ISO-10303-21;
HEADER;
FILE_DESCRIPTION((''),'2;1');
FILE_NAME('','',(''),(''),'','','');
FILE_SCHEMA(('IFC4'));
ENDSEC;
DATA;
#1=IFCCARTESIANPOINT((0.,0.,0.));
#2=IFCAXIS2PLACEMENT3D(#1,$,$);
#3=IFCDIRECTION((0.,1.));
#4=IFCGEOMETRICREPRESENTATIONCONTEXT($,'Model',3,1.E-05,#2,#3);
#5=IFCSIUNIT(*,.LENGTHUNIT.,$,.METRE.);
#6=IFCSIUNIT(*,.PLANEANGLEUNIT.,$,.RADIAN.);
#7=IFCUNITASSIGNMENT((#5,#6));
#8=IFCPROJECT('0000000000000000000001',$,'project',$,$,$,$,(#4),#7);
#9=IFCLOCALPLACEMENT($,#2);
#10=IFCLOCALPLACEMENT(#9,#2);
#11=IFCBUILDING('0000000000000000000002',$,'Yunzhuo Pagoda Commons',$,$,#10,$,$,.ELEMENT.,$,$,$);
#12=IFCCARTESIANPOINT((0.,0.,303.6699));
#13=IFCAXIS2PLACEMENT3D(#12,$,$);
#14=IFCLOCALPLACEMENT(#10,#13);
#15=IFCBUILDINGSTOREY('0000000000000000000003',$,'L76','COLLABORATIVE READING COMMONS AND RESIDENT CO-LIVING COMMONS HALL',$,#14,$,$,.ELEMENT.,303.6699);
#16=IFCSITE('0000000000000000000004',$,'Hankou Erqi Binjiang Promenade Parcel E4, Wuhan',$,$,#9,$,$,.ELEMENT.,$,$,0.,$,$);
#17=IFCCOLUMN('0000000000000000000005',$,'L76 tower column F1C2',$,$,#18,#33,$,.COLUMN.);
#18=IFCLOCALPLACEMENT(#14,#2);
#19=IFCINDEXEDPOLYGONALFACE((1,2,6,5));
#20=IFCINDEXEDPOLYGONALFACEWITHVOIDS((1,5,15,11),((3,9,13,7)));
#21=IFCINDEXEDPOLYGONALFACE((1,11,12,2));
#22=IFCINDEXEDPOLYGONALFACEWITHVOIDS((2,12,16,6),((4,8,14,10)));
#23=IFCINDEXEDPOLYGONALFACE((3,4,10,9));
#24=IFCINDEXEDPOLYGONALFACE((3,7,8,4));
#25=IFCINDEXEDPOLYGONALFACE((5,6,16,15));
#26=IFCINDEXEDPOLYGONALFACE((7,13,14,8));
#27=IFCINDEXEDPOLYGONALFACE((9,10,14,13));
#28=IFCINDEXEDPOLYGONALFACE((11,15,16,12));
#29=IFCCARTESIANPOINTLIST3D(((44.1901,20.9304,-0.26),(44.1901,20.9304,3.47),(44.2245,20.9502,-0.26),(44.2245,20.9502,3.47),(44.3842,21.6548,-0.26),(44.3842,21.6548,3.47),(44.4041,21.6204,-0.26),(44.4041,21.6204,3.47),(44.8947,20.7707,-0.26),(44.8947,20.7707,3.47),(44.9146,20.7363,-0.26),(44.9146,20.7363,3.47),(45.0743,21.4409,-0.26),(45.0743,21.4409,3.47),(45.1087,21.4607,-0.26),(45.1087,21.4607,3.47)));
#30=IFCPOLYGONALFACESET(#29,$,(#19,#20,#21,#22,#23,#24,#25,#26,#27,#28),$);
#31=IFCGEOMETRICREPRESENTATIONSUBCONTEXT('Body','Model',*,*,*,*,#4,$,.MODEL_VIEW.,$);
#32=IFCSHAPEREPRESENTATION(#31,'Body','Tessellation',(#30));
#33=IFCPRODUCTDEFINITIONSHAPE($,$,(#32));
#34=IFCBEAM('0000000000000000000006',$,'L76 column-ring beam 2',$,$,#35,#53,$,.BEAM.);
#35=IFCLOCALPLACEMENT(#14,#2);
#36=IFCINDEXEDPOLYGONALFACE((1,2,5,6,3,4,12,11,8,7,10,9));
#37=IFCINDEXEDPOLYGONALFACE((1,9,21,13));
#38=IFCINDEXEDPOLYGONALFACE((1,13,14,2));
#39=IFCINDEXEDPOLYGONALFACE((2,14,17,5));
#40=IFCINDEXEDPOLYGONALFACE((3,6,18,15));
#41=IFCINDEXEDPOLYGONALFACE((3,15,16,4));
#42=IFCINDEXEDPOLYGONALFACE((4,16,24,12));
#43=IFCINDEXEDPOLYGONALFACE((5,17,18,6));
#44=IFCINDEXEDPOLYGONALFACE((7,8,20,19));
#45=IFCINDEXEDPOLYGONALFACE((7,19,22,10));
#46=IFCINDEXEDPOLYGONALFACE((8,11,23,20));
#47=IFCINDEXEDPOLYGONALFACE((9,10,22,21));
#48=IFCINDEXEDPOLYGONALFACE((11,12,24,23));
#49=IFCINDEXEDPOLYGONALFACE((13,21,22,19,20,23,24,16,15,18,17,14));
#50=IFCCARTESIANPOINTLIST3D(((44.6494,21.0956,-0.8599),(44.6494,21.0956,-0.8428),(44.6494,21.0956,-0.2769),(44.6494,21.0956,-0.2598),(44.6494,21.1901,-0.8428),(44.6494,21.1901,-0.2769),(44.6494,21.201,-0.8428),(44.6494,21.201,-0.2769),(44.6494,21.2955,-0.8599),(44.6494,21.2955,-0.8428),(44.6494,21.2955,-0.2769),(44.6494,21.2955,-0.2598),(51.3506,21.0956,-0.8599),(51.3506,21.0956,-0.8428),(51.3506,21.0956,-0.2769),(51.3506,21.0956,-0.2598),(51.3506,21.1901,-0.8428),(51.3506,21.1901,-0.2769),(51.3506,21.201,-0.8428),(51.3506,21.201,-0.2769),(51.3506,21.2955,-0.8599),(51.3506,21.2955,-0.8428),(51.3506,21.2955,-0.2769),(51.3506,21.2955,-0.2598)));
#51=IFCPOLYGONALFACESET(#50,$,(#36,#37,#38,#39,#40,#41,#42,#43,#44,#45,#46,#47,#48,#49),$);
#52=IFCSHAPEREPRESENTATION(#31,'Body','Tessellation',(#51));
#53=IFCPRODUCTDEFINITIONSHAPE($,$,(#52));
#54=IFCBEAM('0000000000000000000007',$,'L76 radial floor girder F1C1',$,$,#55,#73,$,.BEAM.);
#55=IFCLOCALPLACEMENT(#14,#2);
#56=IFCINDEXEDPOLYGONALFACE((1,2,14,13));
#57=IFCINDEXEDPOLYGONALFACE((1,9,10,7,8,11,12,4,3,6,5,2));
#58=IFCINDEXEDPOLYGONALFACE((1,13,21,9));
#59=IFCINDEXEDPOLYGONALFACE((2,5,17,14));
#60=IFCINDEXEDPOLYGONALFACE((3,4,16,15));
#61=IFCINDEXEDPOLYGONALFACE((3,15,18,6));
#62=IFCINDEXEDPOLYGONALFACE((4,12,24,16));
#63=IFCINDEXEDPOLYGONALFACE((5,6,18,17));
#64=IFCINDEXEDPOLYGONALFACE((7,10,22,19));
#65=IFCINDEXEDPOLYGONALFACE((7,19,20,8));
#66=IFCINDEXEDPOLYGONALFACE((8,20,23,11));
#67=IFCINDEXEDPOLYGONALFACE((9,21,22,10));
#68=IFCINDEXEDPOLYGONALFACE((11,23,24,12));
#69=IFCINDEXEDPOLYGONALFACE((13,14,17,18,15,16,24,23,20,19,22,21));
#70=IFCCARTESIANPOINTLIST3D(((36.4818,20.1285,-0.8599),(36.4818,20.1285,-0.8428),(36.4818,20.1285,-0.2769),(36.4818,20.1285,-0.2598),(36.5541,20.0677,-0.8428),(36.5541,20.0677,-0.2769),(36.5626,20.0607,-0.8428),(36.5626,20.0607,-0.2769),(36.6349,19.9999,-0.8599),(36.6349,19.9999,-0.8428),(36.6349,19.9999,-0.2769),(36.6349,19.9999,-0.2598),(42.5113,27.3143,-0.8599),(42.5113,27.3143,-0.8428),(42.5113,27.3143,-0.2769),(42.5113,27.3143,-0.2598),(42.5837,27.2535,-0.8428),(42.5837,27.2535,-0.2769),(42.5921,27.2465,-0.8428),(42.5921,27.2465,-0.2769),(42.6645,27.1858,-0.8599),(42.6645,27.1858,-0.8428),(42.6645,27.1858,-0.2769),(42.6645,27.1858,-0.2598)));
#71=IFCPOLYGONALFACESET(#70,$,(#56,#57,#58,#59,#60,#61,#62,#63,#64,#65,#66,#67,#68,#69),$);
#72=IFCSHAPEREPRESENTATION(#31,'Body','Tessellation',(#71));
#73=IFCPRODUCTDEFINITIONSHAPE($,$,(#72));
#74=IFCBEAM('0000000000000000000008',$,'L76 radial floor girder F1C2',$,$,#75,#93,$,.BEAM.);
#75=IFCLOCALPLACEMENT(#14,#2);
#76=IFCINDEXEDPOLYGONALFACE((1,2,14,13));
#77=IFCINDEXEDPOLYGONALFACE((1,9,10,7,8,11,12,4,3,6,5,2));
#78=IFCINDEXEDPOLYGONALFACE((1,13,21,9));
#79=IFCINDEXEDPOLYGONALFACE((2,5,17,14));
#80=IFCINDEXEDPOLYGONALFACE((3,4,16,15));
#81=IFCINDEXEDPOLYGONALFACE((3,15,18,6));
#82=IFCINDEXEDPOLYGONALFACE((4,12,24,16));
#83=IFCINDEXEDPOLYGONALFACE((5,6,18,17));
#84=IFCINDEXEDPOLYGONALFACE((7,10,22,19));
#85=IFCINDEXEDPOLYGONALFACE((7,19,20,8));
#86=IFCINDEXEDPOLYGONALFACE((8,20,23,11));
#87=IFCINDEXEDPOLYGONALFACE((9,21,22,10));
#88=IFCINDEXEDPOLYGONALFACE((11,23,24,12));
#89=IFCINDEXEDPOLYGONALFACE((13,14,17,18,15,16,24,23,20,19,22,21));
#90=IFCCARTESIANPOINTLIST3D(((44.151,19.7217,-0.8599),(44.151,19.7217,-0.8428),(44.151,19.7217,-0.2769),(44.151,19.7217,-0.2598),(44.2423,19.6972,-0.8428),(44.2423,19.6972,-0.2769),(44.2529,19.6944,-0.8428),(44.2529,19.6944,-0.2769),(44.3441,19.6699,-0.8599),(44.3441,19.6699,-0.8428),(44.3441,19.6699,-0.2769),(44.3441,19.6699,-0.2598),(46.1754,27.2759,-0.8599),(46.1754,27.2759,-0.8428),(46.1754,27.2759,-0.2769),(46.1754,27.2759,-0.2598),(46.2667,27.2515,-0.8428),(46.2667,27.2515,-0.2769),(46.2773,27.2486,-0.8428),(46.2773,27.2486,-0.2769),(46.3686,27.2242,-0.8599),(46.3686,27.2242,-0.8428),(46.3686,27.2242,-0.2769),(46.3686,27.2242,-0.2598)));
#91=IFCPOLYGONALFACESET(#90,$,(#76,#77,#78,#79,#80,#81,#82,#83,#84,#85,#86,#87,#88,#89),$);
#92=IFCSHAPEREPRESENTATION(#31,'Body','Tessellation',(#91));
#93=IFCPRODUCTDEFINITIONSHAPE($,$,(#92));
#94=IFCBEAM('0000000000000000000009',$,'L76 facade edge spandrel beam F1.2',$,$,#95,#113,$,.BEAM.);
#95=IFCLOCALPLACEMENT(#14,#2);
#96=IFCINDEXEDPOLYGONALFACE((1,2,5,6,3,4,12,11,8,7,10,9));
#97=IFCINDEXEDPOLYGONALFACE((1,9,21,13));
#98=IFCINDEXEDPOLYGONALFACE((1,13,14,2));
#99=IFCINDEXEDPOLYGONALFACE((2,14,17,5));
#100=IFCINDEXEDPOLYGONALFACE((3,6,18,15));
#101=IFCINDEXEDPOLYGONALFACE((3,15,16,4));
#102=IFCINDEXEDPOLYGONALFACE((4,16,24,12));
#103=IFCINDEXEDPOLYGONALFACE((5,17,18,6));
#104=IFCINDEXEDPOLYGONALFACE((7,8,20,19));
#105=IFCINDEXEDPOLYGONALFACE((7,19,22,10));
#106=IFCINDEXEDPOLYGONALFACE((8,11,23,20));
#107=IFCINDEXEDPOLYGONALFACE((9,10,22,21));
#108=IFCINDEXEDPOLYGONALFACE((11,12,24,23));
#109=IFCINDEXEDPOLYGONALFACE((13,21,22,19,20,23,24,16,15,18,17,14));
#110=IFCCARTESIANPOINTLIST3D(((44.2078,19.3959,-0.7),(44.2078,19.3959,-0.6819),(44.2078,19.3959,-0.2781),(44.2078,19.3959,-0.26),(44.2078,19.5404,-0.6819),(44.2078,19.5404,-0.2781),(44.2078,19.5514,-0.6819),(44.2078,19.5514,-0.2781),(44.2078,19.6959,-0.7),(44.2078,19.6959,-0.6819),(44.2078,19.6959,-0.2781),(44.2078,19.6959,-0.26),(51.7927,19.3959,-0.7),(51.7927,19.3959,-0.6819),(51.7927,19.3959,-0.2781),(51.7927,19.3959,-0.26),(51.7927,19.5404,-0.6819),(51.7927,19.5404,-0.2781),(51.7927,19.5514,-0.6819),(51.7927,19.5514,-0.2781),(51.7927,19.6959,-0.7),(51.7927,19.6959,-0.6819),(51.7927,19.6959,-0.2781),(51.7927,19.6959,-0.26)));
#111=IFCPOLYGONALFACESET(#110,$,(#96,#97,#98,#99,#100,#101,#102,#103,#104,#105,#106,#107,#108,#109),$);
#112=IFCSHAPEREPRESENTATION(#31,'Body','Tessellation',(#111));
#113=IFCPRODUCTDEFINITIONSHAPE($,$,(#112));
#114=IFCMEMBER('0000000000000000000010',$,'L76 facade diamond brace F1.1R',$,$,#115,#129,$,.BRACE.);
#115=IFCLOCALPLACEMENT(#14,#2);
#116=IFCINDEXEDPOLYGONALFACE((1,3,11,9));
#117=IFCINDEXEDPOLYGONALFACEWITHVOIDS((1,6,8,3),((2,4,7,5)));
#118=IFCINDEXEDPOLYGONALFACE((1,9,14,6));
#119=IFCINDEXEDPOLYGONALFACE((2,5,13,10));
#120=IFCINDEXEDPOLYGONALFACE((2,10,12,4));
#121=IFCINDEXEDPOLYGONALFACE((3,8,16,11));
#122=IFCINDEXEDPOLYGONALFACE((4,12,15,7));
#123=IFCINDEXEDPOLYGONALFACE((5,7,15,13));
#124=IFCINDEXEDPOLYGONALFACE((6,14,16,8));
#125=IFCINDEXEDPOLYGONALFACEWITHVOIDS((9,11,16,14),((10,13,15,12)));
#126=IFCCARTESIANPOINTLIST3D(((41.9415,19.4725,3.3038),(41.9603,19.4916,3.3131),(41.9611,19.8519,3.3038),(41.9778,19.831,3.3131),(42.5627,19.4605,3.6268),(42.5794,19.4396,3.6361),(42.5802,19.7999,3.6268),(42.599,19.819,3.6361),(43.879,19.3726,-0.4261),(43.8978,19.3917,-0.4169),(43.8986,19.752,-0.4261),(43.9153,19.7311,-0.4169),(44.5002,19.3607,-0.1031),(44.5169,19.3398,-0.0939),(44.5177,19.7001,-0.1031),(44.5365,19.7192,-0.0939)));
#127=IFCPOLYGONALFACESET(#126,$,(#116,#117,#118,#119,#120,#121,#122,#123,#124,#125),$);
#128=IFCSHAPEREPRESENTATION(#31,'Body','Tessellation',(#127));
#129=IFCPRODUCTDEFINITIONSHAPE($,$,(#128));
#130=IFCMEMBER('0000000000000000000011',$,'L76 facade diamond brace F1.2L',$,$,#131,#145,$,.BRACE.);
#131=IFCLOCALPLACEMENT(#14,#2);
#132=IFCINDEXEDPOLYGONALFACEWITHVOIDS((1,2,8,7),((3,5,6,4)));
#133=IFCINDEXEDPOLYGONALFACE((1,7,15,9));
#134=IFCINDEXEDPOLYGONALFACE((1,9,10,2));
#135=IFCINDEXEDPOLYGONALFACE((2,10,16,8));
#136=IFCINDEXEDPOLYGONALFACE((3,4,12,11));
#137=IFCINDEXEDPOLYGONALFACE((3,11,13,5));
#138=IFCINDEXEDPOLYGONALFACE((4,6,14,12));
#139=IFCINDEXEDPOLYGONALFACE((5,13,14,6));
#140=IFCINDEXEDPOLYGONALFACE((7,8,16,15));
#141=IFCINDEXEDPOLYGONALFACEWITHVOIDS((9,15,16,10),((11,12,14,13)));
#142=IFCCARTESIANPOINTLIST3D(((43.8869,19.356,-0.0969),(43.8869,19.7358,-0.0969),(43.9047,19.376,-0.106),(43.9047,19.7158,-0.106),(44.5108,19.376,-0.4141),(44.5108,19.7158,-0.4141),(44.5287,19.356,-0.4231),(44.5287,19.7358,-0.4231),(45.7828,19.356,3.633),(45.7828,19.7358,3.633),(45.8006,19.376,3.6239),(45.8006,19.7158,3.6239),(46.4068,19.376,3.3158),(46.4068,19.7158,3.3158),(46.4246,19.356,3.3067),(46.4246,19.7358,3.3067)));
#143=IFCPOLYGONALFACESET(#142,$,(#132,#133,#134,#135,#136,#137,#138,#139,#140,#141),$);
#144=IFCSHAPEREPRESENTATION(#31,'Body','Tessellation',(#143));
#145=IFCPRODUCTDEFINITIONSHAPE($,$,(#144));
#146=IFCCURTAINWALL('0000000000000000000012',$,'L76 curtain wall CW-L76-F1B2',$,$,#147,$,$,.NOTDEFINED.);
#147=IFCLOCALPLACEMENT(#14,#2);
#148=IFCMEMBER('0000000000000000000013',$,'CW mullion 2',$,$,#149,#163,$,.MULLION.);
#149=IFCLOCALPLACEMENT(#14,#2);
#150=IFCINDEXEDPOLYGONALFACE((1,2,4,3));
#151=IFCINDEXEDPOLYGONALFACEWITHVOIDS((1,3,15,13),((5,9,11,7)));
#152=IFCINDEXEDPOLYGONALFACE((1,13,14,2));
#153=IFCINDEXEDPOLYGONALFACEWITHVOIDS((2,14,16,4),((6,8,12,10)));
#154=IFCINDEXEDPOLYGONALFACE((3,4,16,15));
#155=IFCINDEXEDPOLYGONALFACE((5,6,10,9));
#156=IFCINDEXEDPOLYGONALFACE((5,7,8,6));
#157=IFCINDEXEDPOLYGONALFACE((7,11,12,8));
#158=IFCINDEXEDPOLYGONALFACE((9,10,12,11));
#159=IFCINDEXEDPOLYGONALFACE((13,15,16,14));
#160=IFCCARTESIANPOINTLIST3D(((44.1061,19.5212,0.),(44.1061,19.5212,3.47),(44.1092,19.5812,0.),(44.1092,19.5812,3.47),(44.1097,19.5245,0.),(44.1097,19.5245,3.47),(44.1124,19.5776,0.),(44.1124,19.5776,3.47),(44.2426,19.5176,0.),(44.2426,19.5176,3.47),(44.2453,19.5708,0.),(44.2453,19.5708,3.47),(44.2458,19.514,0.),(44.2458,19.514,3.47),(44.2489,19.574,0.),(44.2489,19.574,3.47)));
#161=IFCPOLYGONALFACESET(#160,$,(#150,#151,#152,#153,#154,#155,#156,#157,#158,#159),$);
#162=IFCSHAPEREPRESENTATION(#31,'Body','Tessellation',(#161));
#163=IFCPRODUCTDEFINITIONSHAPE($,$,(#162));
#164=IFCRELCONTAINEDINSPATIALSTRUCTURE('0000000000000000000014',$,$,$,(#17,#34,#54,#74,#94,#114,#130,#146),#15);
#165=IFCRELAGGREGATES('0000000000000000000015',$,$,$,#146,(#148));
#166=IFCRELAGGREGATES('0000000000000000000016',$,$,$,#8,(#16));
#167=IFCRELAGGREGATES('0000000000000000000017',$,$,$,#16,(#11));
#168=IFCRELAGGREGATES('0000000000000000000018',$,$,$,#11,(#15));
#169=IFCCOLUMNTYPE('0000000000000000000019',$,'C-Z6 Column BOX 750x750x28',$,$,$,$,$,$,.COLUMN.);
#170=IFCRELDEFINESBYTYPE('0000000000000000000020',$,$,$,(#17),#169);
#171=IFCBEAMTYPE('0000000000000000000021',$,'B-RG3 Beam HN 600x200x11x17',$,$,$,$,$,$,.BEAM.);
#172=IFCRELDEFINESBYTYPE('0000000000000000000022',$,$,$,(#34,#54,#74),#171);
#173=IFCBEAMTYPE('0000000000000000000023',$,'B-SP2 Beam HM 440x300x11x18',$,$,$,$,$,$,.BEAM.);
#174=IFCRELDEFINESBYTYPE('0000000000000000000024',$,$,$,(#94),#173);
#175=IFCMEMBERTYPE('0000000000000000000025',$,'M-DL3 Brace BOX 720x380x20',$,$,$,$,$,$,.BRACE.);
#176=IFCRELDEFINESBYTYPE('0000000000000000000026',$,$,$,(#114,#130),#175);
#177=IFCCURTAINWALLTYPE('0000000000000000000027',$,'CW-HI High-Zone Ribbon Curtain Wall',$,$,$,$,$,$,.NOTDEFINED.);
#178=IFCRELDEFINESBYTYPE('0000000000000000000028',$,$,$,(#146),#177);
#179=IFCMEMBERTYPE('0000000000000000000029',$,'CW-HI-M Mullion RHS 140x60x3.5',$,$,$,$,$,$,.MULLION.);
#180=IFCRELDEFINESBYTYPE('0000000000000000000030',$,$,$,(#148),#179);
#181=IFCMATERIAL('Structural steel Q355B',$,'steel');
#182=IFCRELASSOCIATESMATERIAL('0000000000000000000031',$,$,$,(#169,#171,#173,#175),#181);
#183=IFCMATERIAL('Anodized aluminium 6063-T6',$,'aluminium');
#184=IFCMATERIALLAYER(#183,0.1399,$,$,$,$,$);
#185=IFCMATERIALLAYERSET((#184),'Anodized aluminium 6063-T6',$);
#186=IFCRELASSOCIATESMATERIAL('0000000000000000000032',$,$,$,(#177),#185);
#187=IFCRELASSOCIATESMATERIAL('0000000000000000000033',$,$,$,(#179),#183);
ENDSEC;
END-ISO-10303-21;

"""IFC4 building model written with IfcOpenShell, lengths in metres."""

from ifc_helpers import new_model, si_unit, direction, frame, origin, origin_2d, place, context, subcontext, project, spatial, hollow_rectangle, i_section, extrude, source, transform, mapped, material, layer, layer_set, material_profile, profile_set, type_object, element, aggregate, save


model = new_model("IFC4")

# Units and contexts
model_context = context("Model", 3, precision=1e-05, world=origin(), true_north=direction((0.0, 1.0)))
body_context = subcontext(model_context, "Body", "Model", "MODEL_VIEW")
ifc_project = project(units=[si_unit("LENGTHUNIT", "METRE"), si_unit("PLANEANGLEUNIT", "RADIAN")], contexts=[model_context])

# Site, building, storey
site_placement = place(None, origin())
site = spatial("IfcSite", under=ifc_project, at=site_placement, Name="Hankou Erqi Binjiang Promenade Parcel E4, Wuhan", CompositionType="ELEMENT", RefElevation=0.0)
building_placement = place(site_placement, origin())
building = spatial("IfcBuilding", under=site, at=building_placement, Name="Yunzhuo Pagoda Commons", CompositionType="ELEMENT")
storey_placement = place(building_placement, frame((0.0, 0.0, 303.6699)))
storey = spatial("IfcBuildingStorey", under=building, at=storey_placement, Name="L76", Description="COLLABORATIVE READING COMMONS AND RESIDENT CO-LIVING COMMONS HALL", CompositionType="ELEMENT", Elevation=303.6699)

# Column
ifc_material_1 = material(Name="Structural steel Q355B", Category="steel")
ifc_material_profile_1 = material_profile(ifc_material_1, hollow_rectangle(XDim=0.75, YDim=0.75, WallThickness=0.0281, at=origin_2d()), Name="Structural steel Q355B")
ifc_profile_set_1 = profile_set([ifc_material_profile_1], Name="Structural steel Q355B")
column_type = type_object("IfcColumnType", Name="C-Z6 Column BOX 750x750x28", PredefinedType="COLUMN", material=ifc_profile_set_1)
shared_shape_1 = source(origin(), body_context, "Body", "SweptSolid", [
    extrude(hollow_rectangle(XDim=0.75, YDim=0.75, WallThickness=0.0281, at=origin_2d()), origin(), (0.0, 0.0, 1.0), 3.73),
])
column_placement = place(storey_placement, frame((44.6494, 21.1956, -0.26), z_axis=(0.0, 0.0, 1.0), x_axis=(0.965926, -0.258819, 0.0)))
element("IfcColumn", 1, at=column_placement, inside=storey, type_object=column_type, Name="L76 tower column F1C2", PredefinedType="COLUMN", context=body_context, shape_type="MappedRepresentation", body=[
    mapped(shared_shape_1, transform((0.0, 0.0, 0.0), scale=1.0)),
])

# Beams
ifc_material_profile_2 = material_profile(ifc_material_1, i_section(OverallWidth=0.2, OverallDepth=0.6001, WebThickness=0.011, FlangeThickness=0.0171, at=origin_2d()), Name="Structural steel Q355B")
ifc_profile_set_2 = profile_set([ifc_material_profile_2], Name="Structural steel Q355B")
beam_type_1 = type_object("IfcBeamType", Name="B-RG3 Beam HN 600x200x11x17", PredefinedType="BEAM", material=ifc_profile_set_2)
shared_shape_2 = source(origin(), body_context, "Body", "SweptSolid", [
    extrude(i_section(OverallWidth=0.2, OverallDepth=0.6001, WebThickness=0.011, FlangeThickness=0.0171, at=origin_2d()), origin(), (0.0, 0.0, 1.0), 6.7012),
])
beam_1_placement = place(storey_placement, frame((44.6494, 21.1956, -0.5598), z_axis=(1.0, 0.0, 0.0), x_axis=(0.0, 1.0, 0.0)))
element("IfcBeam", 2, at=beam_1_placement, inside=storey, type_object=beam_type_1, Name="L76 column-ring beam 2", PredefinedType="BEAM", context=body_context, shape_type="MappedRepresentation", body=[
    mapped(shared_shape_2, transform((0.0, 0.0, 0.0), scale=1.0)),
])
shared_shape_3 = source(origin(), body_context, "Body", "SweptSolid", [
    extrude(i_section(OverallWidth=0.2, OverallDepth=0.6001, WebThickness=0.011, FlangeThickness=0.0171, at=origin_2d()), origin(), (0.0, 0.0, 1.0), 9.3804),
])
beam_2_placement = place(storey_placement, frame((36.5583, 20.0642, -0.5598), z_axis=(0.642784, 0.766047, 0.0), x_axis=(-0.766047, 0.642784, 0.0)))
element("IfcBeam", 3, at=beam_2_placement, inside=storey, type_object=beam_type_1, Name="L76 radial floor girder F1C1", PredefinedType="BEAM", context=body_context, shape_type="MappedRepresentation", body=[
    mapped(shared_shape_3, transform((0.0, 0.0, 0.0), scale=1.0)),
])
shared_shape_4 = source(origin(), body_context, "Body", "SweptSolid", [
    extrude(i_section(OverallWidth=0.2, OverallDepth=0.6001, WebThickness=0.011, FlangeThickness=0.0171, at=origin_2d()), origin(), (0.0, 0.0, 1.0), 7.8208),
])
beam_3_placement = place(storey_placement, frame((44.2476, 19.6958, -0.5598), z_axis=(0.258852, 0.965917, 0.0), x_axis=(-0.965917, 0.258852, 0.0)))
element("IfcBeam", 4, at=beam_3_placement, inside=storey, type_object=beam_type_1, Name="L76 radial floor girder F1C2", PredefinedType="BEAM", context=body_context, shape_type="MappedRepresentation", body=[
    mapped(shared_shape_4, transform((0.0, 0.0, 0.0), scale=1.0)),
])
ifc_material_profile_3 = material_profile(ifc_material_1, i_section(OverallWidth=0.3, OverallDepth=0.4399, WebThickness=0.011, FlangeThickness=0.0181, at=origin_2d()), Name="Structural steel Q355B")
ifc_profile_set_3 = profile_set([ifc_material_profile_3], Name="Structural steel Q355B")
beam_type_2 = type_object("IfcBeamType", Name="B-SP2 Beam HM 440x300x11x18", PredefinedType="BEAM", material=ifc_profile_set_3)
shared_shape_5 = source(origin(), body_context, "Body", "SweptSolid", [
    extrude(i_section(OverallWidth=0.3, OverallDepth=0.4399, WebThickness=0.011, FlangeThickness=0.0181, at=origin_2d()), origin(), (0.0, 0.0, 1.0), 7.585),
])
beam_4_placement = place(storey_placement, frame((44.2078, 19.5459, -0.48), z_axis=(1.0, 0.0, 0.0), x_axis=(0.0, 1.0, 0.0)))
element("IfcBeam", 5, at=beam_4_placement, inside=storey, type_object=beam_type_2, Name="L76 facade edge spandrel beam F1.2", PredefinedType="BEAM", context=body_context, shape_type="MappedRepresentation", body=[
    mapped(shared_shape_5, transform((0.0, 0.0, 0.0), scale=1.0)),
])

# Members
ifc_material_profile_4 = material_profile(ifc_material_1, hollow_rectangle(XDim=0.3799, YDim=0.72, WallThickness=0.02, at=origin_2d()), Name="Structural steel Q355B")
ifc_profile_set_4 = profile_set([ifc_material_profile_4], Name="Structural steel Q355B")
member_type_1 = type_object("IfcMemberType", Name="M-DL3 Brace BOX 720x380x20", PredefinedType="BRACE", material=ifc_profile_set_4)
shared_shape_6 = source(origin(), body_context, "Body", "SweptSolid", [
    extrude(hollow_rectangle(XDim=0.3799, YDim=0.72, WallThickness=0.02, at=origin_2d()), origin(), (0.0, 0.0, 1.0), 4.2043),
])
member_1_placement = place(storey_placement, frame((44.2078, 19.5459, -0.26), z_axis=(-0.460831, 0.02375, 0.88717), x_axis=(-0.051469, -0.998675, 0.0)))
element("IfcMember", 6, at=member_1_placement, inside=storey, type_object=member_type_1, Name="L76 facade diamond brace F1.1R", PredefinedType="BRACE", context=body_context, shape_type="MappedRepresentation", body=[
    mapped(shared_shape_6, transform((0.0, 0.0, 0.0), scale=1.0)),
])
shared_shape_7 = source(origin(), body_context, "Body", "SweptSolid", [
    extrude(hollow_rectangle(XDim=0.3799, YDim=0.72, WallThickness=0.02, at=origin_2d()), origin(), (0.0, 0.0, 1.0), 4.1841),
])
member_2_placement = place(storey_placement, frame((44.2078, 19.5459, -0.26), z_axis=(0.453132, 0.0, 0.891443), x_axis=(0.0, 1.0, 0.0)))
element("IfcMember", 7, at=member_2_placement, inside=storey, type_object=member_type_1, Name="L76 facade diamond brace F1.2L", PredefinedType="BRACE", context=body_context, shape_type="MappedRepresentation", body=[
    mapped(shared_shape_7, transform((0.0, 0.0, 0.0), scale=1.0)),
])

# Curtain wall, member
ifc_material_2 = material(Name="Anodized aluminium 6063-T6", Category="aluminium")
ifc_layer_1 = layer(ifc_material_2, 0.1399)
ifc_layer_set_1 = layer_set([ifc_layer_1], Name="Anodized aluminium 6063-T6")
curtain_wall_type = type_object("IfcCurtainWallType", Name="CW-HI High-Zone Ribbon Curtain Wall", PredefinedType="NOTDEFINED", material=ifc_layer_set_1)
curtain_wall_1_placement = place(storey_placement, origin())
curtain_wall_1 = element("IfcCurtainWall", 8, at=curtain_wall_1_placement, inside=storey, type_object=curtain_wall_type, Name="L76 curtain wall CW-L76-F1B2", PredefinedType="NOTDEFINED")
ifc_material_profile_5 = material_profile(ifc_material_2, hollow_rectangle(XDim=0.0601, YDim=0.1399, WallThickness=0.0034, at=origin_2d()), Name="Anodized aluminium 6063-T6")
ifc_profile_set_5 = profile_set([ifc_material_profile_5], Name="Anodized aluminium 6063-T6")
member_type_2 = type_object("IfcMemberType", Name="CW-HI-M Mullion RHS 140x60x3.5", PredefinedType="MULLION", material=ifc_profile_set_5)
shared_shape_8 = source(origin(), body_context, "Body", "SweptSolid", [
    extrude(hollow_rectangle(XDim=0.0601, YDim=0.1399, WallThickness=0.0034, at=origin_2d()), origin(), (0.0, 0.0, 1.0), 3.47),
])
member_3_placement = place(storey_placement, frame((44.1775, 19.5476, 0.0), z_axis=(0.0, 0.0, 1.0), x_axis=(0.051462, 0.998675, 0.0)))
member_3 = element("IfcMember", 9, at=member_3_placement, type_object=member_type_2, Name="CW mullion 2", PredefinedType="MULLION", context=body_context, shape_type="MappedRepresentation", body=[
    mapped(shared_shape_8, transform((0.0, 0.0, 0.0), scale=1.0)),
])

aggregate(curtain_wall_1, [member_3])

save(model, "model.ifc")
